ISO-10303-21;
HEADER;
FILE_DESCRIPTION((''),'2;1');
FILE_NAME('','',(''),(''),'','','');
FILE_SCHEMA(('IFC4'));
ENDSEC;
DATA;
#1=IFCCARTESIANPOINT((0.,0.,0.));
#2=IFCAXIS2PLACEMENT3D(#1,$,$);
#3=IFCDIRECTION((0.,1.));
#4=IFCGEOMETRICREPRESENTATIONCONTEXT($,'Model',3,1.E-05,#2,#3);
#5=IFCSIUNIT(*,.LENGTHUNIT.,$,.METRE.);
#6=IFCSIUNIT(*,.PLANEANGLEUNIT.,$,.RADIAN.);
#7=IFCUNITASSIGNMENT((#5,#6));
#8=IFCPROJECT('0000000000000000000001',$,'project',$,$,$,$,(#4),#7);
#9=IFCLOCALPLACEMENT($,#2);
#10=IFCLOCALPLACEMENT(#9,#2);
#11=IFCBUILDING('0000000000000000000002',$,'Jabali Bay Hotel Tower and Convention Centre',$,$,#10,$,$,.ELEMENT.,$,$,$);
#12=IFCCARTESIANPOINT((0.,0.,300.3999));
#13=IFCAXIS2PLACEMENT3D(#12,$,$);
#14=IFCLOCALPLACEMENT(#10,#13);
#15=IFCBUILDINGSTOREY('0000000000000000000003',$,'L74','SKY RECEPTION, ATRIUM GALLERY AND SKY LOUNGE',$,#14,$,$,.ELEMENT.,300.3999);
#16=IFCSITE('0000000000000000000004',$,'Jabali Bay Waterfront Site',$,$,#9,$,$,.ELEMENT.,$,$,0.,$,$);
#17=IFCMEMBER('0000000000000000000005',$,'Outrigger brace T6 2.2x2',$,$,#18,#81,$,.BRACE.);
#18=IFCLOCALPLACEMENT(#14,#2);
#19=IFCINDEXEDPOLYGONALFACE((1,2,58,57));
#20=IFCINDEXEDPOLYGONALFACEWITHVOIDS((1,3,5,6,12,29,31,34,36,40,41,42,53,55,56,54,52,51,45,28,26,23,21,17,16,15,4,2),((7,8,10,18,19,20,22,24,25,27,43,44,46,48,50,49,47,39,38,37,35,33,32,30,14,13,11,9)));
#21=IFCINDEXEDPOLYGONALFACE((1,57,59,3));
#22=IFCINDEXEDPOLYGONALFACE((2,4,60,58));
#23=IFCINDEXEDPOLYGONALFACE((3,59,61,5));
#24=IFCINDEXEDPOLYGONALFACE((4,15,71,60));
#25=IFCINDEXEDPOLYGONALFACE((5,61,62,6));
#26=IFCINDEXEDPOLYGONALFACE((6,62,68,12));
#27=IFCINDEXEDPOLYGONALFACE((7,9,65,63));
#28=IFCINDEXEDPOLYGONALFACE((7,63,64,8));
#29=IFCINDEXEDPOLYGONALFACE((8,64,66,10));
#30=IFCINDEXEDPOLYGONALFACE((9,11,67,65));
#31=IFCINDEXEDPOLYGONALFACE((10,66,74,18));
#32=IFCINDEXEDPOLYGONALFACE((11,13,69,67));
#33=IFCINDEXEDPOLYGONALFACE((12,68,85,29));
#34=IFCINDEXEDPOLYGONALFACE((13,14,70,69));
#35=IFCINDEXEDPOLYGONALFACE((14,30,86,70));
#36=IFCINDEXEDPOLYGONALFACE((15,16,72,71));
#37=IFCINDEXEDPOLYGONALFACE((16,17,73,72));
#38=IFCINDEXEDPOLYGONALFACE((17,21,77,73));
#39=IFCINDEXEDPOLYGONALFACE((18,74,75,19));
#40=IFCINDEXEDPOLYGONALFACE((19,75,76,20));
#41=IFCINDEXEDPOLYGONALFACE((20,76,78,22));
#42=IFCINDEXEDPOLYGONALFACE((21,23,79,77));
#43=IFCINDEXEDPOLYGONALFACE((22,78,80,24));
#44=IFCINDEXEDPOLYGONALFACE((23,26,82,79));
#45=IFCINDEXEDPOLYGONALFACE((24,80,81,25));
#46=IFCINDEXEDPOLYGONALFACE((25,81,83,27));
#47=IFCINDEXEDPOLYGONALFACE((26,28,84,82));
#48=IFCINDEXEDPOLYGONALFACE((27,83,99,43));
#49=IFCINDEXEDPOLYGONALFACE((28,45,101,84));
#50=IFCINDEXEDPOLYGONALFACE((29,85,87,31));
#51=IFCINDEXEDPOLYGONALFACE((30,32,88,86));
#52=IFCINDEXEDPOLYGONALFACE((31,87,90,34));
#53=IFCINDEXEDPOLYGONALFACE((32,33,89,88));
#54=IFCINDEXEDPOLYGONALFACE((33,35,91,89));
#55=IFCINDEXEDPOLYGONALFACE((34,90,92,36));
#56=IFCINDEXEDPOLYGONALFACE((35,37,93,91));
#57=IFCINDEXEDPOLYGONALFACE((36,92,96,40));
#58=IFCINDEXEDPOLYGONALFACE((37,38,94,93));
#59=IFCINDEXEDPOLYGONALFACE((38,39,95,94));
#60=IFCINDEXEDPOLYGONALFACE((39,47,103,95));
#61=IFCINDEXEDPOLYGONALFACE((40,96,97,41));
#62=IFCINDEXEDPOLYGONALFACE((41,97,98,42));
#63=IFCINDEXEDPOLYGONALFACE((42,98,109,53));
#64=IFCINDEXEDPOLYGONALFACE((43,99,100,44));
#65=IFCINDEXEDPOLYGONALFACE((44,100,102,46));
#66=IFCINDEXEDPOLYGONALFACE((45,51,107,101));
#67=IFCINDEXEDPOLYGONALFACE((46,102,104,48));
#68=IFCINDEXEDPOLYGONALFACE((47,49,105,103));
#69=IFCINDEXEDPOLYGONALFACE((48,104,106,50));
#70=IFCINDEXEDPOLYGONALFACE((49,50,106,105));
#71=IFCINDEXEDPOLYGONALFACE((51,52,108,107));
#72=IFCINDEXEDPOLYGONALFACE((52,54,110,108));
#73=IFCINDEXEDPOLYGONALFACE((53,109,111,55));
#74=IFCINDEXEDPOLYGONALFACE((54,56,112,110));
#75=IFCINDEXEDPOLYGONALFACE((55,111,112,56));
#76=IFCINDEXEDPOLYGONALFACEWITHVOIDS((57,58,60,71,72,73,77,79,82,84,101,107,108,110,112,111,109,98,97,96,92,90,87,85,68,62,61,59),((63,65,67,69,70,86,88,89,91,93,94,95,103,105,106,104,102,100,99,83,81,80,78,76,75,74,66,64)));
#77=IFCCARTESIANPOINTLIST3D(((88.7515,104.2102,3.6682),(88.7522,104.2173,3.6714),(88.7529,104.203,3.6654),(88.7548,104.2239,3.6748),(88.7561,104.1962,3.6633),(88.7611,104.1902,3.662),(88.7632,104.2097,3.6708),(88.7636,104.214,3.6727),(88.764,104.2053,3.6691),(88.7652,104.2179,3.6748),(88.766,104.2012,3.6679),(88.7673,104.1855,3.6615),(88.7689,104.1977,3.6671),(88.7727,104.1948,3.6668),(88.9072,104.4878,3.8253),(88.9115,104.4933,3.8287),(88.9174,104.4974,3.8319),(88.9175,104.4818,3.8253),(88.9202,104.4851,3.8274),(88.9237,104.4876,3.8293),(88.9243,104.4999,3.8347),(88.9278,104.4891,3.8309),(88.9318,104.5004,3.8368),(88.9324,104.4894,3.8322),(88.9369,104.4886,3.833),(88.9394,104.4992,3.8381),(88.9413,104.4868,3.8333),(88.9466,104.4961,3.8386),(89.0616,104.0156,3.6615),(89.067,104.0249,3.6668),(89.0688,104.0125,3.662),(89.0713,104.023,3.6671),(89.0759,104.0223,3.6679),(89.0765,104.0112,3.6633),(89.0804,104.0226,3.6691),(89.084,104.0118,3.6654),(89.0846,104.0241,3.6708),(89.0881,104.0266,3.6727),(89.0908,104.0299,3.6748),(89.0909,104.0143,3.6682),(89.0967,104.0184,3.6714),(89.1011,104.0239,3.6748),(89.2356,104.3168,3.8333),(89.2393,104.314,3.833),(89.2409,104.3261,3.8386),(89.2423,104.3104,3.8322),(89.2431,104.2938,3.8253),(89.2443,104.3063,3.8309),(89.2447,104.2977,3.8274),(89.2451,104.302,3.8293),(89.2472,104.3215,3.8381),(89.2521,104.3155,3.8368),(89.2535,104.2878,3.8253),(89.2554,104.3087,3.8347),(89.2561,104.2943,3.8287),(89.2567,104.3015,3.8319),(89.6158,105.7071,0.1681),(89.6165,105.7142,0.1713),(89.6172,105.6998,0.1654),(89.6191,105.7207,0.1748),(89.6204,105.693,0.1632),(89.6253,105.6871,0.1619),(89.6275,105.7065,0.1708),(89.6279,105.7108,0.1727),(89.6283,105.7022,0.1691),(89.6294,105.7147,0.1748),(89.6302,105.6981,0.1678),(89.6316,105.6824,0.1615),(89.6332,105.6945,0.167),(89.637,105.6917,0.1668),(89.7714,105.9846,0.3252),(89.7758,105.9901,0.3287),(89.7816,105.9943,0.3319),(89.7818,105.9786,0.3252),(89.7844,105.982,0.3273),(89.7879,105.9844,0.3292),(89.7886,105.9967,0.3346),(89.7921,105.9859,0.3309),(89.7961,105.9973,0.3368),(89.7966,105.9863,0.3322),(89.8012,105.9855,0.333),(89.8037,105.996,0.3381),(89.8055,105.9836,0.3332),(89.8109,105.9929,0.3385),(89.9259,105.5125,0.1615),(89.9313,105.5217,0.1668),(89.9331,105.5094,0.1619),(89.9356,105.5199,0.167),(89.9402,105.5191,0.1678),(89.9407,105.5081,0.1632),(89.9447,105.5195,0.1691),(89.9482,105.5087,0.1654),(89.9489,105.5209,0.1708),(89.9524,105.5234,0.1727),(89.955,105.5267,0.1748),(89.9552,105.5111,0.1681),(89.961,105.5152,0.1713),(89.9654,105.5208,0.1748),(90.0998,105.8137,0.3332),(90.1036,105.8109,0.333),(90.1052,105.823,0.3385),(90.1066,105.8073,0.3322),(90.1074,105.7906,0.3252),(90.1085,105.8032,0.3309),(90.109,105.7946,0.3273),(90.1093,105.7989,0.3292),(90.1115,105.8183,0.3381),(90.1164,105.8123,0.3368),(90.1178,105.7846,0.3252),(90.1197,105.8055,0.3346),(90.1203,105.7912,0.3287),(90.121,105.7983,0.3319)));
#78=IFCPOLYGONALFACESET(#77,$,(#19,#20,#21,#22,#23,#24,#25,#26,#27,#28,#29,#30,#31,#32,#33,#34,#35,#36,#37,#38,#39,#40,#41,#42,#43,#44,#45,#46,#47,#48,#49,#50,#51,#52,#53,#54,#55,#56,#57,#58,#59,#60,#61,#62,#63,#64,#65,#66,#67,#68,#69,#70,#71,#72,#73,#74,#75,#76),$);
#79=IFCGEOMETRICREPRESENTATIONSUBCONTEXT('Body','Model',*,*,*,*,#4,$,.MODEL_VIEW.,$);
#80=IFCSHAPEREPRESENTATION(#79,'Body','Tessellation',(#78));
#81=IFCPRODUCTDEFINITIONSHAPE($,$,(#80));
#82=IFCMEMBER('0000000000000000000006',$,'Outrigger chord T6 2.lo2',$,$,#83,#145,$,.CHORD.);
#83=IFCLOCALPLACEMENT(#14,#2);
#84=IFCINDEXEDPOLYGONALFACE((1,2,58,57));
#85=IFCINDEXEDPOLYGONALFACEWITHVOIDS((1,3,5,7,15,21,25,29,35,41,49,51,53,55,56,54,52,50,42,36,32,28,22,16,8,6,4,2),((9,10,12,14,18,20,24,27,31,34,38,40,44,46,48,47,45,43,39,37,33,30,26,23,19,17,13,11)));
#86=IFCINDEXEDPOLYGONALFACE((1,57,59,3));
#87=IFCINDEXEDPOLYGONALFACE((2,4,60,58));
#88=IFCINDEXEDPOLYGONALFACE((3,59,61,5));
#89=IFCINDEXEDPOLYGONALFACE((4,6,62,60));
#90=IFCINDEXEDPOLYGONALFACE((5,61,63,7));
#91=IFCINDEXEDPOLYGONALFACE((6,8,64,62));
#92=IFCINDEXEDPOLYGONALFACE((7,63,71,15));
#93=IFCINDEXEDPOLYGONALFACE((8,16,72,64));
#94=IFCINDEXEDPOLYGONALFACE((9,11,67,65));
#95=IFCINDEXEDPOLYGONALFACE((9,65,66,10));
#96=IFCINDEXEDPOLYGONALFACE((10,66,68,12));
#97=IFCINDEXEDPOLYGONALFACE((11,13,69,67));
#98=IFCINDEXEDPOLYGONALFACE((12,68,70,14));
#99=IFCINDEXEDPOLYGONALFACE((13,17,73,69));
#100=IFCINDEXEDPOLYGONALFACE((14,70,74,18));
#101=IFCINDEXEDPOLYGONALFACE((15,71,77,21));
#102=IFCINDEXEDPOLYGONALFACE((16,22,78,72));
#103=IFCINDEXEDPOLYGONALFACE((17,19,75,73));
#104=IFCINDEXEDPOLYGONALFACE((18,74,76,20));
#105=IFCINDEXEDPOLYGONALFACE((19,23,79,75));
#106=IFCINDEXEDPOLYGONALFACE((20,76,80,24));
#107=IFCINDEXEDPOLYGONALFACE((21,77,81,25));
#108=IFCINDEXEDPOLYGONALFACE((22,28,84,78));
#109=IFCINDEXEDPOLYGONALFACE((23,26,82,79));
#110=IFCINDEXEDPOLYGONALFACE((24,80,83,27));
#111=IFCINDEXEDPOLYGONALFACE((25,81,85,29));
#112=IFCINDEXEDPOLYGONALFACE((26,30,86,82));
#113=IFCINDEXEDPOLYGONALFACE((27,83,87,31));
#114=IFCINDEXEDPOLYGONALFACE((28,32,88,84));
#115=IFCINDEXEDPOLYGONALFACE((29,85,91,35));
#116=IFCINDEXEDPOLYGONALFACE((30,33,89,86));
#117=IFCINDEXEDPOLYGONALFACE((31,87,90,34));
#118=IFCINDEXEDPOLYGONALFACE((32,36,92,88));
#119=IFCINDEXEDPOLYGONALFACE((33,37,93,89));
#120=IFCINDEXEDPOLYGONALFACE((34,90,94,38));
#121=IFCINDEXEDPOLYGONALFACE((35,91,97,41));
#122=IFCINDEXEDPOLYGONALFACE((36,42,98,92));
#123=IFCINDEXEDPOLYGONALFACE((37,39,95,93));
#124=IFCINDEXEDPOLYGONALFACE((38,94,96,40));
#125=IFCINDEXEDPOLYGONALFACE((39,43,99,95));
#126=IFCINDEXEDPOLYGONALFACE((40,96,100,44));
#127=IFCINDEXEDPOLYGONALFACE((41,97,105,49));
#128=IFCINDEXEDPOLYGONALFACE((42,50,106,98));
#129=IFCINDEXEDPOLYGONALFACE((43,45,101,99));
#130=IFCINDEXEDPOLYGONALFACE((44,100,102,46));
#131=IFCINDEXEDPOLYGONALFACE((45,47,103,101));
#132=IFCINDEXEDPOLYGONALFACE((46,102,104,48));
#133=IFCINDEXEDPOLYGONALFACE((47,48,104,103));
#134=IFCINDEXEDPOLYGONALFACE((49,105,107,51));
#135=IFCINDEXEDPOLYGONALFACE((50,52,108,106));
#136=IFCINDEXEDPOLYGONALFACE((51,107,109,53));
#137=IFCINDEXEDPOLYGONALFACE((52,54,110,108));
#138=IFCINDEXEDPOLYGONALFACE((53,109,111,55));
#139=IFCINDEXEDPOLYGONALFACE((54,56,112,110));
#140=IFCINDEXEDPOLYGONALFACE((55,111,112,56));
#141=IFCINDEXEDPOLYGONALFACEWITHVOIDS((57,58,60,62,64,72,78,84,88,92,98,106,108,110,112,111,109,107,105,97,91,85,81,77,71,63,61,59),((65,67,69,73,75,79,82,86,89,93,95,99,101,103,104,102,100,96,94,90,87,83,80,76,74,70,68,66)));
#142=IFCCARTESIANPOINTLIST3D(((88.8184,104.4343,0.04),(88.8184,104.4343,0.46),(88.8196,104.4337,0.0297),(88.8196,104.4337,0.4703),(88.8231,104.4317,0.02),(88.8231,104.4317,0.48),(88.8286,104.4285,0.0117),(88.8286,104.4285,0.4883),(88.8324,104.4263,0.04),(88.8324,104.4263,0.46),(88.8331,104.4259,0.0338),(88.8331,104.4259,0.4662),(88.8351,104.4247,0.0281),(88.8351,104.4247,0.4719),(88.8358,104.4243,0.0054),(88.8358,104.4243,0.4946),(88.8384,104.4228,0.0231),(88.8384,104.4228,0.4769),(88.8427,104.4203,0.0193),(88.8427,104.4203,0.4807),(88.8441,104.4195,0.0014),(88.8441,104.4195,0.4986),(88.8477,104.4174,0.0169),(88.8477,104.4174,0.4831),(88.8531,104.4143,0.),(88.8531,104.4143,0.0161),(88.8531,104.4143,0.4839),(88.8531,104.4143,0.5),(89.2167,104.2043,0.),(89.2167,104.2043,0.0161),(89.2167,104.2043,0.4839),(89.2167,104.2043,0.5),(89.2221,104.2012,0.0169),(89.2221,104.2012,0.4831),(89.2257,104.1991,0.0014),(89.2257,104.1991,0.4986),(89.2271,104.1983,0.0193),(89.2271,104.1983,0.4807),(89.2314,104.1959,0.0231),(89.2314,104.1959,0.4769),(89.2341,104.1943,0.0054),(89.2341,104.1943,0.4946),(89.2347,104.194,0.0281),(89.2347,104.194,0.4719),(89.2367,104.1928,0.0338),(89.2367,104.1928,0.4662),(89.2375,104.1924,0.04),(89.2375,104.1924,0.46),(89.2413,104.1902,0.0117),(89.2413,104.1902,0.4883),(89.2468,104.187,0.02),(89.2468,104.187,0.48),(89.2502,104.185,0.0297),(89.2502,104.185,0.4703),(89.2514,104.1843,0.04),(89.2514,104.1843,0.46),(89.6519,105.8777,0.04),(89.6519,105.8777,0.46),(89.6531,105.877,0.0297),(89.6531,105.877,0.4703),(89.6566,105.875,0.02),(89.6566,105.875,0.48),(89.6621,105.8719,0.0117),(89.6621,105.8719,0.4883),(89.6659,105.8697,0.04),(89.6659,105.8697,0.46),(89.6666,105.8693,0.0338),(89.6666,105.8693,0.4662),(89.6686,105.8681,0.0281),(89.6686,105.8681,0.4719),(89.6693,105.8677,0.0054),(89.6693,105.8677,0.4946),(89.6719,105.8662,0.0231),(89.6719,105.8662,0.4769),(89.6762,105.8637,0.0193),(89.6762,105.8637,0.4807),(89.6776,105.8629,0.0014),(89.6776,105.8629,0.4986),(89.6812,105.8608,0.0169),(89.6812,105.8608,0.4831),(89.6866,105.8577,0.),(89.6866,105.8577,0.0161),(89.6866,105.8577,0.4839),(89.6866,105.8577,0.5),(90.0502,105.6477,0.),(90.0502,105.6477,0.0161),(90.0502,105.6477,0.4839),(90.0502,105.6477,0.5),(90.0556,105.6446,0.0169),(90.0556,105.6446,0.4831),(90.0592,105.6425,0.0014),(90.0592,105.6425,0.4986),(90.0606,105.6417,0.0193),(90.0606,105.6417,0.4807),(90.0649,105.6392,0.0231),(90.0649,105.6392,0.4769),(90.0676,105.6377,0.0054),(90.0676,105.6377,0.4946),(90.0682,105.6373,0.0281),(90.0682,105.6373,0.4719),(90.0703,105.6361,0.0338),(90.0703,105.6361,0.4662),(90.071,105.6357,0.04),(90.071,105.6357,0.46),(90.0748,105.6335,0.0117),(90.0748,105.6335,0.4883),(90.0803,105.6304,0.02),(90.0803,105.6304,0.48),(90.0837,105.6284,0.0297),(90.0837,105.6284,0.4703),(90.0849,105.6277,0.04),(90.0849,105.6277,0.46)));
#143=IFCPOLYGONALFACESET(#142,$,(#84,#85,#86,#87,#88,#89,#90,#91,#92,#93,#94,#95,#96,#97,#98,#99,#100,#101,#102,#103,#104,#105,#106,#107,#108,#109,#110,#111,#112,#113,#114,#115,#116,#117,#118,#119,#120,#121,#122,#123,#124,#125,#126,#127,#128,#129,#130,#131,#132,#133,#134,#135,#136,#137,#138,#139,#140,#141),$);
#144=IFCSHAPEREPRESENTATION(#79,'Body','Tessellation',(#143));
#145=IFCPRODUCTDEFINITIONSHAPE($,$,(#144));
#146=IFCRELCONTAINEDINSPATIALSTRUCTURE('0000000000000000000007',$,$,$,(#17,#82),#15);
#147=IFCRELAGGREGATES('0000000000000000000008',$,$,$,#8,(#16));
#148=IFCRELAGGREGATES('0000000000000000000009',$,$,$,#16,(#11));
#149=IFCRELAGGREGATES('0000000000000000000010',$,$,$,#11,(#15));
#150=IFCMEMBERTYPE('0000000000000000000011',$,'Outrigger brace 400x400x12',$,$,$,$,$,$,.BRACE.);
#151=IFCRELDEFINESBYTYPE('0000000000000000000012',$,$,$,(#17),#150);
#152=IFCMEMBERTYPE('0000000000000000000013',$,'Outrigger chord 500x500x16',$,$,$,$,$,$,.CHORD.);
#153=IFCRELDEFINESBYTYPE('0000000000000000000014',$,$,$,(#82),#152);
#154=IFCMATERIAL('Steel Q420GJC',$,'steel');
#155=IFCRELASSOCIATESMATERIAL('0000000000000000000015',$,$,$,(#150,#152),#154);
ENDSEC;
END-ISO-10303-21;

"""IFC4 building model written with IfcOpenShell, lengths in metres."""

from ifc_helpers import new_model, si_unit, direction, frame, origin, origin_2d, place, context, subcontext, project, spatial, hollow_rectangle, extrude, material, material_profile, profile_set, type_object, element, save


model = new_model("IFC4")

# Units and contexts
model_context = context("Model", 3, precision=1e-05, world=origin(), true_north=direction((0.0, 1.0)))
body_context = subcontext(model_context, "Body", "Model", "MODEL_VIEW")
ifc_project = project(units=[si_unit("LENGTHUNIT", "METRE"), si_unit("PLANEANGLEUNIT", "RADIAN")], contexts=[model_context])

# Site, building, storey
site_placement = place(None, origin())
site = spatial("IfcSite", under=ifc_project, at=site_placement, Name="Jabali Bay Waterfront Site", CompositionType="ELEMENT", RefElevation=0.0)
building_placement = place(site_placement, origin())
building = spatial("IfcBuilding", under=site, at=building_placement, Name="Jabali Bay Hotel Tower and Convention Centre", CompositionType="ELEMENT")
storey_placement = place(building_placement, frame((0.0, 0.0, 300.3999)))
storey = spatial("IfcBuildingStorey", under=building, at=storey_placement, Name="L74", Description="SKY RECEPTION, ATRIUM GALLERY AND SKY LOUNGE", CompositionType="ELEMENT", Elevation=300.3999)

# Shared definitions
ifc_material_1 = material(Name="Steel Q420GJC", Category="steel")

# Members
ifc_material_profile_1 = material_profile(ifc_material_1, hollow_rectangle(XDim=0.3999, YDim=0.3999, WallThickness=0.012, InnerFilletRadius=0.0181, OuterFilletRadius=0.03, at=origin_2d()), Name="Outrigger brace 400x400x12")
ifc_profile_set_1 = profile_set([ifc_material_profile_1], Name="Steel Q420GJC")
member_type_1 = type_object("IfcMemberType", Name="Outrigger brace 400x400x12", PredefinedType="BRACE", material=ifc_profile_set_1)
member_1_placement = place(storey_placement, frame((89.8684, 105.7527, 0.25), z_axis=(-0.221405, -0.383456, 0.896628), x_axis=(0.866009, -0.500028, 0.0)))
element("IfcMember", 1, at=member_1_placement, inside=storey, type_object=member_type_1, Name="Outrigger brace T6 2.2x2", PredefinedType="BRACE", context=body_context, shape_type="SweptSolid", body=[
    extrude(hollow_rectangle(XDim=0.3999, YDim=0.3999, WallThickness=0.012, InnerFilletRadius=0.0181, OuterFilletRadius=0.03, at=origin_2d()), origin(), (0.0, 0.0, 1.0), 3.9036),
])
ifc_material_profile_2 = material_profile(ifc_material_1, hollow_rectangle(XDim=0.5, YDim=0.5, WallThickness=0.0161, InnerFilletRadius=0.0239, OuterFilletRadius=0.04, at=origin_2d()), Name="Outrigger chord 500x500x16")
ifc_profile_set_2 = profile_set([ifc_material_profile_2], Name="Steel Q420GJC")
member_type_2 = type_object("IfcMemberType", Name="Outrigger chord 500x500x16", PredefinedType="CHORD", material=ifc_profile_set_2)
member_2_placement = place(storey_placement, frame((89.0349, 104.3093, 0.25), z_axis=(0.500077, 0.865981, 0.0), x_axis=(-0.865981, 0.500077, 0.0)))
element("IfcMember", 2, at=member_2_placement, inside=storey, type_object=member_type_2, Name="Outrigger chord T6 2.lo2", PredefinedType="CHORD", context=body_context, shape_type="SweptSolid", body=[
    extrude(hollow_rectangle(XDim=0.5, YDim=0.5, WallThickness=0.0161, InnerFilletRadius=0.0239, OuterFilletRadius=0.04, at=origin_2d()), origin(), (0.0, 0.0, 1.0), 1.6667),
])

save(model, "model.ifc")
